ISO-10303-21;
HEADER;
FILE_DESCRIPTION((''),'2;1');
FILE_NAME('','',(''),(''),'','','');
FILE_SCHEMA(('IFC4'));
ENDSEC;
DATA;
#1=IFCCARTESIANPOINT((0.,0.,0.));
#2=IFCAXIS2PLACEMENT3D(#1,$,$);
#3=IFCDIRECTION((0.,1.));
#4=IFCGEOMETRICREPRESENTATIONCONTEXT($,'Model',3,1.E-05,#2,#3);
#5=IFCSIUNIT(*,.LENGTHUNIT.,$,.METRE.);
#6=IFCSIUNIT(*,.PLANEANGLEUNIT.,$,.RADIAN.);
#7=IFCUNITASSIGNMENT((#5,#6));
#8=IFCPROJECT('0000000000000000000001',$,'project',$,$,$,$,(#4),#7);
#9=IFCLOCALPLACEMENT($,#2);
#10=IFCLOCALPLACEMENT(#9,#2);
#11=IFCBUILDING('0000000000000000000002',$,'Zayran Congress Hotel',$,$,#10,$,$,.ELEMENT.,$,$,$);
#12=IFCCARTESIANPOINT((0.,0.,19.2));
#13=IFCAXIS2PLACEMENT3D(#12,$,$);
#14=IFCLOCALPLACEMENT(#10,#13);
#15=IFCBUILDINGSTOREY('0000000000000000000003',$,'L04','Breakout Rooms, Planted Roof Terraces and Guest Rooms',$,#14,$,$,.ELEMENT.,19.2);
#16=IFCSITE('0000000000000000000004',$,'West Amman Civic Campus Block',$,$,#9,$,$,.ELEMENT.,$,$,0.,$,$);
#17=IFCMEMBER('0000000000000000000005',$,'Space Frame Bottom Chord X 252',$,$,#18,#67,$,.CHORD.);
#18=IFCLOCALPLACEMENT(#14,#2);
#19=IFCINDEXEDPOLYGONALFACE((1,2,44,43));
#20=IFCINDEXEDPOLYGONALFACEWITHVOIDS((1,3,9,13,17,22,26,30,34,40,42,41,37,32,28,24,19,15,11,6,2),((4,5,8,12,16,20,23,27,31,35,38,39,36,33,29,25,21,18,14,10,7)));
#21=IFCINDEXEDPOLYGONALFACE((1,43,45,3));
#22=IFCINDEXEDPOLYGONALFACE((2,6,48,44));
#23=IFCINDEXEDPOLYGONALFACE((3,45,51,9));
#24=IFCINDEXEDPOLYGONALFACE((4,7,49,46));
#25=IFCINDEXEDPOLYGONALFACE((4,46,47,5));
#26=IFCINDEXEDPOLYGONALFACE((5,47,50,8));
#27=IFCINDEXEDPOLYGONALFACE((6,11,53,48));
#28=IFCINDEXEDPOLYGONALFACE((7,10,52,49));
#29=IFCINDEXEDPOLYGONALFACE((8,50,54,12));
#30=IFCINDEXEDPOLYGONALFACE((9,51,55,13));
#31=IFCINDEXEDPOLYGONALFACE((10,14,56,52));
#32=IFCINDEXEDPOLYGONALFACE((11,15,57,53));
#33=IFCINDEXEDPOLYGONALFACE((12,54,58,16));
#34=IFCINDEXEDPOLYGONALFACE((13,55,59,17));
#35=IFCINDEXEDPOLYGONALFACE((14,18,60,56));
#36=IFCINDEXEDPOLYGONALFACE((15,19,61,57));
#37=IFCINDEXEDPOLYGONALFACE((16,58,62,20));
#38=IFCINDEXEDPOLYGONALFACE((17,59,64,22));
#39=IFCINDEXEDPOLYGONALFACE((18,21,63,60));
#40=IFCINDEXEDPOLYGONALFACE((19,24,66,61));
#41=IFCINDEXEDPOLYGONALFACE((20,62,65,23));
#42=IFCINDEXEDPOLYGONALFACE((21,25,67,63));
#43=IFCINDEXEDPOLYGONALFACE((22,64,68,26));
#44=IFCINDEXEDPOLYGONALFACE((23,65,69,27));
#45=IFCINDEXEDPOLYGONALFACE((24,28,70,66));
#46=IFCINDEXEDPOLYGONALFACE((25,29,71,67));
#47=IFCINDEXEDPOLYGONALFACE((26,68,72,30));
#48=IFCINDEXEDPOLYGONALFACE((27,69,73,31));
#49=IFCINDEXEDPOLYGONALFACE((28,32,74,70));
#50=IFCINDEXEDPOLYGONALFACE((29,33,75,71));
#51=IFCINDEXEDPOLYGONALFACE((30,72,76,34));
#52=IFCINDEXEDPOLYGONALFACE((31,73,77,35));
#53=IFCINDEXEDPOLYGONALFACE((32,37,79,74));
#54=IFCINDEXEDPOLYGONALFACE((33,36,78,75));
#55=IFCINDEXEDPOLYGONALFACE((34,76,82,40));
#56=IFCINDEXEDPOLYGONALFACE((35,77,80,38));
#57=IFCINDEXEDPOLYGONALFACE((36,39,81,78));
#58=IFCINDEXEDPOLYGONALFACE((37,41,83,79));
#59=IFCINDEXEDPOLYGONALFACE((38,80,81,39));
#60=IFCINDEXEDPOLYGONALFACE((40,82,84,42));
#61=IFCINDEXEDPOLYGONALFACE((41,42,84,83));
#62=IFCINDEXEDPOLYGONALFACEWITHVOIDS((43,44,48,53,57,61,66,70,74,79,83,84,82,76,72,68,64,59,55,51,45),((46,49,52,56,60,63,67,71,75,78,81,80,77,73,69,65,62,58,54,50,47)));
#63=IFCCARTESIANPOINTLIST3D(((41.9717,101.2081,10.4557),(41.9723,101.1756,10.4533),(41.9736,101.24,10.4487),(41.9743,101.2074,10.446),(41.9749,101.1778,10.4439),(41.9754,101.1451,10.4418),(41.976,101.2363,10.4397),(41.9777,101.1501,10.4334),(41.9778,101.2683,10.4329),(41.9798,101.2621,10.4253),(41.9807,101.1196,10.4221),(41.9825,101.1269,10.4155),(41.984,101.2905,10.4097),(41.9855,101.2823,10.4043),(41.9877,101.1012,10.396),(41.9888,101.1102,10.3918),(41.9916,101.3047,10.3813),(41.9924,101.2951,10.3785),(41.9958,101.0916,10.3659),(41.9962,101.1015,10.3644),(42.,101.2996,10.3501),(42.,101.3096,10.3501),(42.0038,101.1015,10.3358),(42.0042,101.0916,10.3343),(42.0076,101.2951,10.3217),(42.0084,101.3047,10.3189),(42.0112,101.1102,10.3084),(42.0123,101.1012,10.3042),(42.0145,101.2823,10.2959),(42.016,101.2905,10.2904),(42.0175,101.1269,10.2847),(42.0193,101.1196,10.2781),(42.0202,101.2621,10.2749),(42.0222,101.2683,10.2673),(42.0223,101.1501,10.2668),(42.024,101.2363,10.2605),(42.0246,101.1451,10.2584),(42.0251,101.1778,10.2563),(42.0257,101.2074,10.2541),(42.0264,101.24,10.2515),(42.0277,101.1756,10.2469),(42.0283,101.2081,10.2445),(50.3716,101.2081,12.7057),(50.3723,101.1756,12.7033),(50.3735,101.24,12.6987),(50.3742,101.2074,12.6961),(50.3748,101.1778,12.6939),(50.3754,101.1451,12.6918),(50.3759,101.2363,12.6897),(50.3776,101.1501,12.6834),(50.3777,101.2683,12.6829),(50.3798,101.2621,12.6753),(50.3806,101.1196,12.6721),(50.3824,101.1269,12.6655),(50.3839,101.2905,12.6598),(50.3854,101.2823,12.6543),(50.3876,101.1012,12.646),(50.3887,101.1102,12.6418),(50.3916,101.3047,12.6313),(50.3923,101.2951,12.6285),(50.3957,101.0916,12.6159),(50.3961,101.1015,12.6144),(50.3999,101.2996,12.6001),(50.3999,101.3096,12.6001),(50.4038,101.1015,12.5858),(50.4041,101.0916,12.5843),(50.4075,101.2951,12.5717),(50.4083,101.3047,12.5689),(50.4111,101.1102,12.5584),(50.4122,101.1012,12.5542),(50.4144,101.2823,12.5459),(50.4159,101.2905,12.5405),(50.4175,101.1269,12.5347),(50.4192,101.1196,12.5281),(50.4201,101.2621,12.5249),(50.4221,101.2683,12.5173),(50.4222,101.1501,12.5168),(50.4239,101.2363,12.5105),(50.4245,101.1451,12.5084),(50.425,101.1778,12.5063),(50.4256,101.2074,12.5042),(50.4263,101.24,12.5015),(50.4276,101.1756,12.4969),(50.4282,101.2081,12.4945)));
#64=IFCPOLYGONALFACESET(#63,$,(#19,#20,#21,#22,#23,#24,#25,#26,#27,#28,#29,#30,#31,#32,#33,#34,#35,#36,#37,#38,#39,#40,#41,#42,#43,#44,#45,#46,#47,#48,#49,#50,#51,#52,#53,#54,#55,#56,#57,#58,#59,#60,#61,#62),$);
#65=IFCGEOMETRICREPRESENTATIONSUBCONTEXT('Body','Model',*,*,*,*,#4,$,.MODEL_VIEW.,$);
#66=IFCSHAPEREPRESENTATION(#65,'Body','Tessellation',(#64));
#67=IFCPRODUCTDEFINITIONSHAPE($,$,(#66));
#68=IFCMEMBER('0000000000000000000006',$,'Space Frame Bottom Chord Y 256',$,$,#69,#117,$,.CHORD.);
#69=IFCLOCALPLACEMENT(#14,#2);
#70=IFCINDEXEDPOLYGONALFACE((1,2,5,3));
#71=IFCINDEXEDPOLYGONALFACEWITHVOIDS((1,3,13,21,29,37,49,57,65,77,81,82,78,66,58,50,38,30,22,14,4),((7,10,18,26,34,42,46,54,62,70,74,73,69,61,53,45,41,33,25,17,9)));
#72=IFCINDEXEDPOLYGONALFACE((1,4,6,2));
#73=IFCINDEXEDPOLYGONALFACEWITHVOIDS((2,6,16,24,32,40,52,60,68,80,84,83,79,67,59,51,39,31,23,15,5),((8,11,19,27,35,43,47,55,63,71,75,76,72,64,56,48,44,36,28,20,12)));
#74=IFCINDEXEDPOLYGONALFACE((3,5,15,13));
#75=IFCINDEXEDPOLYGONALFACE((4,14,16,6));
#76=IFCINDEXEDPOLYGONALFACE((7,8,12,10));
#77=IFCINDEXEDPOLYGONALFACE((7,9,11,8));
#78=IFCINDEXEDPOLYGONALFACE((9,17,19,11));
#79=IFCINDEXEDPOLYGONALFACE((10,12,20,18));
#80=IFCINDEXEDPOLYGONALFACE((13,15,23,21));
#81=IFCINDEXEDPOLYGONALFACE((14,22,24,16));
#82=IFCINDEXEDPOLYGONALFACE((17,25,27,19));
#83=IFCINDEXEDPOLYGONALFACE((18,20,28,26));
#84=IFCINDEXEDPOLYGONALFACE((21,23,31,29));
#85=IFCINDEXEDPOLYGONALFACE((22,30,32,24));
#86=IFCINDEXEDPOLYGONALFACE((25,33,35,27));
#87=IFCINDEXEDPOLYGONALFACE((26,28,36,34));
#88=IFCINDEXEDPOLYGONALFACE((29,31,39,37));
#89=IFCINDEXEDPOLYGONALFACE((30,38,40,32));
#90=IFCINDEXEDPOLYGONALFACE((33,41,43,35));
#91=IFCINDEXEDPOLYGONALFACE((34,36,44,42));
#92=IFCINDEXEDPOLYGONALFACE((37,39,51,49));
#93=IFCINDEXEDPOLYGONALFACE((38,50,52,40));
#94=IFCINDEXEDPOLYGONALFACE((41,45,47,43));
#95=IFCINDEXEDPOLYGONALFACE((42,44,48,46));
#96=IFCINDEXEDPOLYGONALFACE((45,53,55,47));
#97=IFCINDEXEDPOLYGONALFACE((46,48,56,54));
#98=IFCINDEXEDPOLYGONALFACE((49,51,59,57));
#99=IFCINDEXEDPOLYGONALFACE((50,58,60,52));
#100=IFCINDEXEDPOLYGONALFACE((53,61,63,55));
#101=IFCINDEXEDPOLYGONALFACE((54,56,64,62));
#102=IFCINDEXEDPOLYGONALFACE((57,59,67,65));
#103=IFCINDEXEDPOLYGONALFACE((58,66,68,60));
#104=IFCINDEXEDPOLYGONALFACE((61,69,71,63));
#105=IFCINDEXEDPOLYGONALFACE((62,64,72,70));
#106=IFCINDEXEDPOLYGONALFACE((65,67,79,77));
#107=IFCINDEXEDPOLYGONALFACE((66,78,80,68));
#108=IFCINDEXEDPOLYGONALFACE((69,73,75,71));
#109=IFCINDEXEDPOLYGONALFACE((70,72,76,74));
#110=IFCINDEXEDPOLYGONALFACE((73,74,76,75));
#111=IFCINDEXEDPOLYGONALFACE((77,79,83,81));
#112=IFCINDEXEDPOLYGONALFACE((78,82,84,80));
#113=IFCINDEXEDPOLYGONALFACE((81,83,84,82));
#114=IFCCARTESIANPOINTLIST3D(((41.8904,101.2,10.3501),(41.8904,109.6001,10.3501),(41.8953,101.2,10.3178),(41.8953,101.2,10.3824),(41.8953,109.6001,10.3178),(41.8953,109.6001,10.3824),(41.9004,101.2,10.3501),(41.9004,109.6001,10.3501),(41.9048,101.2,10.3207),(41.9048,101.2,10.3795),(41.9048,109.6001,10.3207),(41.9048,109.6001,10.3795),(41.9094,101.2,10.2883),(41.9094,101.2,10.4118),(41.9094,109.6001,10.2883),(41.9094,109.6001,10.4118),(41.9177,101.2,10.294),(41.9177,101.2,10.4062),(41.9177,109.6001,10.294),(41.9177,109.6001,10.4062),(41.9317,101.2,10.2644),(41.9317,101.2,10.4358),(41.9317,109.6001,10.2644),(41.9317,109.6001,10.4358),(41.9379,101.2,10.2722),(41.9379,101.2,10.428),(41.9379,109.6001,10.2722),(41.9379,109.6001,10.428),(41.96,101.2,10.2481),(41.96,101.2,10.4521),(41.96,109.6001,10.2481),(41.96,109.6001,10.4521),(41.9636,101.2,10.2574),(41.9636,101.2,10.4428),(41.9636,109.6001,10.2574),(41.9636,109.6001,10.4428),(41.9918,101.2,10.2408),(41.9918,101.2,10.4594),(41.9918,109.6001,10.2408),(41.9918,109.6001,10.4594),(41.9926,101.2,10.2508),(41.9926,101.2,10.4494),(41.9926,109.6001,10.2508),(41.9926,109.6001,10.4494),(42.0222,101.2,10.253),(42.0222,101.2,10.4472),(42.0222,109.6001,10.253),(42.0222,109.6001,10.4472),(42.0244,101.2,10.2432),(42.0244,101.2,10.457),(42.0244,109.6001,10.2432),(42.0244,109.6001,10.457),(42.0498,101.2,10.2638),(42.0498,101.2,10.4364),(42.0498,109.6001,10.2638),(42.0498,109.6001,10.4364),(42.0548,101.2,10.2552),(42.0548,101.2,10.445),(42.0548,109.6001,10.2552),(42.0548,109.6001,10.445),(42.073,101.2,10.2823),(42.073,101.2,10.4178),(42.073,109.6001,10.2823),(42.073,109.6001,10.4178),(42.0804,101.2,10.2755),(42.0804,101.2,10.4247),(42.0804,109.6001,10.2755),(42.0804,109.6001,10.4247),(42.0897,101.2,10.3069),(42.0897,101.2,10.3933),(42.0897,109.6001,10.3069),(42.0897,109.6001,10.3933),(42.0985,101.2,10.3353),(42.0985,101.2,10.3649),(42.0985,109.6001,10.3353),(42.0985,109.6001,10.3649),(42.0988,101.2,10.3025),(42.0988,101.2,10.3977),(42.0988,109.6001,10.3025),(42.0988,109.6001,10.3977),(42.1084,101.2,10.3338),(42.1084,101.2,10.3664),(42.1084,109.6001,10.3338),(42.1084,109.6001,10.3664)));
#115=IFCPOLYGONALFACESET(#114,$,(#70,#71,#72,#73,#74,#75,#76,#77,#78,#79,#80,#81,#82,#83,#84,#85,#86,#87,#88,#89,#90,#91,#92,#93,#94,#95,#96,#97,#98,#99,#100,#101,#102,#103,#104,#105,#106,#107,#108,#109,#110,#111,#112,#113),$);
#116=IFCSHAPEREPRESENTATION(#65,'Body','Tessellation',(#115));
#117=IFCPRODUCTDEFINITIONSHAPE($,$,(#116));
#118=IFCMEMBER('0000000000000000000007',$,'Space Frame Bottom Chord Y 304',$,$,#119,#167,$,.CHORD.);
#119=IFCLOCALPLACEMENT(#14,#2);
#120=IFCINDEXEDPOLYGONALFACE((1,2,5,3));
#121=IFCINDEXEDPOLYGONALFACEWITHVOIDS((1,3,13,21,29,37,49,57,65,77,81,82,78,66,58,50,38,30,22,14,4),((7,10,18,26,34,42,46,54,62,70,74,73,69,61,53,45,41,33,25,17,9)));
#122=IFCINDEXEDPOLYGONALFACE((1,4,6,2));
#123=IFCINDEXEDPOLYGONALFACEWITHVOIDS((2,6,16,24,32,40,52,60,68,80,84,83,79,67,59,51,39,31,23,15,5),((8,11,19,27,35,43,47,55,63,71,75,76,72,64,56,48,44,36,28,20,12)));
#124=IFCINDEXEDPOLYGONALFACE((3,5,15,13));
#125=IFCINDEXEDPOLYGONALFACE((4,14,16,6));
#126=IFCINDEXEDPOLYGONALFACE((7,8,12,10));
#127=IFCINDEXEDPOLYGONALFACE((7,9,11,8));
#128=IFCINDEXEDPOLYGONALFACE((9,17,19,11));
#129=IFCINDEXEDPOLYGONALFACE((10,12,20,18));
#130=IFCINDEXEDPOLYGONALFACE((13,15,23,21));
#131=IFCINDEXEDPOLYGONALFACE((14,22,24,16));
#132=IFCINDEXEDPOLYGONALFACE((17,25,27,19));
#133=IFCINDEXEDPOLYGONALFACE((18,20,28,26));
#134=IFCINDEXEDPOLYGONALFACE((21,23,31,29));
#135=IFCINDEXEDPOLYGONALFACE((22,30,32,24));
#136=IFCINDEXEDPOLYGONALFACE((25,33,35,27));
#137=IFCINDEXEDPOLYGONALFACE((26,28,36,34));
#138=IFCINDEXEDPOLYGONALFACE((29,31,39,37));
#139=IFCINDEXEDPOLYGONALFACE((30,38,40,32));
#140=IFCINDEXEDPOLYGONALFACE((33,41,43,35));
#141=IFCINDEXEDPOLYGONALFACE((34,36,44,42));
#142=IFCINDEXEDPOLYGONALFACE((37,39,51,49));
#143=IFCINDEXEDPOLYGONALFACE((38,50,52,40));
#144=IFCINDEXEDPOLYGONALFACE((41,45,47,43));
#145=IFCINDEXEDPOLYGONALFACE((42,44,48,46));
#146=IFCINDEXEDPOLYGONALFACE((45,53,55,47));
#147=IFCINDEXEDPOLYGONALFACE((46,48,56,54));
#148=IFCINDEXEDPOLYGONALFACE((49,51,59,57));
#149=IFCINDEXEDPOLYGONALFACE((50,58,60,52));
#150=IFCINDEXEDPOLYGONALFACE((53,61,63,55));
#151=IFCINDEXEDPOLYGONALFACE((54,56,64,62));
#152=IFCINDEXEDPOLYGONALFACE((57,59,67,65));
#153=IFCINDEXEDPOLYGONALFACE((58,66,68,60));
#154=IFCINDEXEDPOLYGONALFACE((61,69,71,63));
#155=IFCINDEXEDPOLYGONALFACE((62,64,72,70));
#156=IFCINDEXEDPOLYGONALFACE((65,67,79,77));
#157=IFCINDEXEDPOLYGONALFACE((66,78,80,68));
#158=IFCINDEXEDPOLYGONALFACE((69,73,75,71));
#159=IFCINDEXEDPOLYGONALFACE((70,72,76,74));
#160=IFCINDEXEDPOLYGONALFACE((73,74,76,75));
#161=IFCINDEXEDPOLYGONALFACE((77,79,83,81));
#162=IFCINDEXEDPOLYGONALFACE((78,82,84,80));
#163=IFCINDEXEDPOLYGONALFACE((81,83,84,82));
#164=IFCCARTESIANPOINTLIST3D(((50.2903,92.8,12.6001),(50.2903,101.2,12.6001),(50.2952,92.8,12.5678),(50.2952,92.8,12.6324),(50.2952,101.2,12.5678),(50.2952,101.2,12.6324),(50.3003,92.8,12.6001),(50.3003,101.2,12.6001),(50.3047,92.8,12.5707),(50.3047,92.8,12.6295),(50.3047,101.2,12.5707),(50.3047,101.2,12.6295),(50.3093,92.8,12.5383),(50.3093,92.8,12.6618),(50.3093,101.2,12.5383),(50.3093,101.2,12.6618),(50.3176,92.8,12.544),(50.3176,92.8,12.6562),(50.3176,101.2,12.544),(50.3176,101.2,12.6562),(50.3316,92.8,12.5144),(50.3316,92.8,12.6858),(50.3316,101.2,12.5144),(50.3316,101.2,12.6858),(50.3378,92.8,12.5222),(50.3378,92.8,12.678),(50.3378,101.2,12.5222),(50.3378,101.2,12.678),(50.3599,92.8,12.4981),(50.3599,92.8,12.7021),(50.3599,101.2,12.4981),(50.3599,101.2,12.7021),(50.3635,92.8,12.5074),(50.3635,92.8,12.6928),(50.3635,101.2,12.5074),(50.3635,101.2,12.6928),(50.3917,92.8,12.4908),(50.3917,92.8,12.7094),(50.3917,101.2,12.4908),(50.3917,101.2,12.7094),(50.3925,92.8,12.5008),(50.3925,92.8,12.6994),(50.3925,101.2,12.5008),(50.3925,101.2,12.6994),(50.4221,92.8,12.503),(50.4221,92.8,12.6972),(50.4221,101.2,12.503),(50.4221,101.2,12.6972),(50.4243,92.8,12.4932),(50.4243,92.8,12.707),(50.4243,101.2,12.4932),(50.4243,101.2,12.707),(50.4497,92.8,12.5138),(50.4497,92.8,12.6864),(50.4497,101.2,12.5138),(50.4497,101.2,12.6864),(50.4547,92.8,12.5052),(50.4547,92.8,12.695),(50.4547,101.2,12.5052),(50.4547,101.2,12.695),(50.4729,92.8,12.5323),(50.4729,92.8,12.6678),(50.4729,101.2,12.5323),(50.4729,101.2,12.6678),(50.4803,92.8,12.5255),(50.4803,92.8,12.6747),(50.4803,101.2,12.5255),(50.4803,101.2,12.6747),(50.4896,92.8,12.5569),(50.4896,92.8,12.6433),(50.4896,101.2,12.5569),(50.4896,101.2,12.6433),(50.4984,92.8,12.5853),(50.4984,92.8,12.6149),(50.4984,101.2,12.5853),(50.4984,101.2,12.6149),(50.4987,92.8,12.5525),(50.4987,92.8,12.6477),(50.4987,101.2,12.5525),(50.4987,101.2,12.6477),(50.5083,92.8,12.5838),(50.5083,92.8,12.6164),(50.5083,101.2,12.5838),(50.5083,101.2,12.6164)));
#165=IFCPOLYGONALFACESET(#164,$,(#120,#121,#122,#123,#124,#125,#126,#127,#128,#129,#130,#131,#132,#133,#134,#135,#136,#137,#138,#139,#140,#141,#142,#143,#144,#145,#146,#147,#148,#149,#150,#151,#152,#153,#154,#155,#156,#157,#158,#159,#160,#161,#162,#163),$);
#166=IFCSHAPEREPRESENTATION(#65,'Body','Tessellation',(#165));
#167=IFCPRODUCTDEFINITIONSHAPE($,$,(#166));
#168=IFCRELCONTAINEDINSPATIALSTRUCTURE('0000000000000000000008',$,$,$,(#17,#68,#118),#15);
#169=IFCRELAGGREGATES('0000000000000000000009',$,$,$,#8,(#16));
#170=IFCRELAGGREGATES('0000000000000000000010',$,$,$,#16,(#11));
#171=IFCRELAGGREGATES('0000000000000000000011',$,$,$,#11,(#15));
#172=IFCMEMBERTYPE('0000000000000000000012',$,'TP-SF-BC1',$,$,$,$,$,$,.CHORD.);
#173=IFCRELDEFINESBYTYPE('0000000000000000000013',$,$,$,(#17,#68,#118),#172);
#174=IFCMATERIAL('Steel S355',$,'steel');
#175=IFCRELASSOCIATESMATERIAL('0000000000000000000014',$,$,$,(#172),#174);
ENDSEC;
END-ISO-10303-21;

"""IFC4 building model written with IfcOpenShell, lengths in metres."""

from ifc_helpers import new_model, si_unit, direction, frame, origin, origin_2d, place, context, subcontext, project, spatial, hollow_circle, extrude, material, material_profile, profile_set, type_object, element, save


model = new_model("IFC4")

# Units and contexts
model_context = context("Model", 3, precision=1e-05, world=origin(), true_north=direction((0.0, 1.0)))
body_context = subcontext(model_context, "Body", "Model", "MODEL_VIEW")
ifc_project = project(units=[si_unit("LENGTHUNIT", "METRE"), si_unit("PLANEANGLEUNIT", "RADIAN")], contexts=[model_context])

# Site, building, storey
site_placement = place(None, origin())
site = spatial("IfcSite", under=ifc_project, at=site_placement, Name="West Amman Civic Campus Block", CompositionType="ELEMENT", RefElevation=0.0)
building_placement = place(site_placement, origin())
building = spatial("IfcBuilding", under=site, at=building_placement, Name="Zayran Congress Hotel", CompositionType="ELEMENT")
storey_placement = place(building_placement, frame((0.0, 0.0, 19.2)))
storey = spatial("IfcBuildingStorey", under=building, at=storey_placement, Name="L04", Description="Breakout Rooms, Planted Roof Terraces and Guest Rooms", CompositionType="ELEMENT", Elevation=19.2)

# Members
ifc_material_1 = material(Name="Steel S355", Category="steel")
ifc_material_profile_1 = material_profile(ifc_material_1, hollow_circle(Radius=0.1096, WallThickness=0.01, at=origin_2d()), Name="CHS 219.1x10")
ifc_profile_set_1 = profile_set([ifc_material_profile_1], Name="Steel S355")
member_type_1 = type_object("IfcMemberType", Name="TP-SF-BC1", PredefinedType="CHORD", material=ifc_profile_set_1)
member_1_placement = place(storey_placement, frame((42.0, 101.2, 10.3501), z_axis=(0.965947, 0.0, 0.258739), x_axis=(0.0, 1.0, 0.0)))
element("IfcMember", 1, at=member_1_placement, inside=storey, type_object=member_type_1, Name="Space Frame Bottom Chord X 252", PredefinedType="CHORD", context=body_context, shape_type="SweptSolid", body=[
    extrude(hollow_circle(Radius=0.1096, WallThickness=0.01, at=origin_2d()), origin(), (0.0, 0.0, 1.0), 8.696),
])
member_2_placement = place(storey_placement, frame((42.0, 101.2, 10.3501), z_axis=(0.0, 1.0, 0.0), x_axis=(-1.0, 0.0, 0.0)))
element("IfcMember", 2, at=member_2_placement, inside=storey, type_object=member_type_1, Name="Space Frame Bottom Chord Y 256", PredefinedType="CHORD", context=body_context, shape_type="SweptSolid", body=[
    extrude(hollow_circle(Radius=0.1096, WallThickness=0.01, at=origin_2d()), origin(), (0.0, 0.0, 1.0), 8.4001),
])
member_3_placement = place(storey_placement, frame((50.3999, 92.8, 12.6001), z_axis=(0.0, 1.0, 0.0), x_axis=(-1.0, 0.0, 0.0)))
element("IfcMember", 3, at=member_3_placement, inside=storey, type_object=member_type_1, Name="Space Frame Bottom Chord Y 304", PredefinedType="CHORD", context=body_context, shape_type="SweptSolid", body=[
    extrude(hollow_circle(Radius=0.1096, WallThickness=0.01, at=origin_2d()), origin(), (0.0, 0.0, 1.0), 8.3999),
])

save(model, "model.ifc")
